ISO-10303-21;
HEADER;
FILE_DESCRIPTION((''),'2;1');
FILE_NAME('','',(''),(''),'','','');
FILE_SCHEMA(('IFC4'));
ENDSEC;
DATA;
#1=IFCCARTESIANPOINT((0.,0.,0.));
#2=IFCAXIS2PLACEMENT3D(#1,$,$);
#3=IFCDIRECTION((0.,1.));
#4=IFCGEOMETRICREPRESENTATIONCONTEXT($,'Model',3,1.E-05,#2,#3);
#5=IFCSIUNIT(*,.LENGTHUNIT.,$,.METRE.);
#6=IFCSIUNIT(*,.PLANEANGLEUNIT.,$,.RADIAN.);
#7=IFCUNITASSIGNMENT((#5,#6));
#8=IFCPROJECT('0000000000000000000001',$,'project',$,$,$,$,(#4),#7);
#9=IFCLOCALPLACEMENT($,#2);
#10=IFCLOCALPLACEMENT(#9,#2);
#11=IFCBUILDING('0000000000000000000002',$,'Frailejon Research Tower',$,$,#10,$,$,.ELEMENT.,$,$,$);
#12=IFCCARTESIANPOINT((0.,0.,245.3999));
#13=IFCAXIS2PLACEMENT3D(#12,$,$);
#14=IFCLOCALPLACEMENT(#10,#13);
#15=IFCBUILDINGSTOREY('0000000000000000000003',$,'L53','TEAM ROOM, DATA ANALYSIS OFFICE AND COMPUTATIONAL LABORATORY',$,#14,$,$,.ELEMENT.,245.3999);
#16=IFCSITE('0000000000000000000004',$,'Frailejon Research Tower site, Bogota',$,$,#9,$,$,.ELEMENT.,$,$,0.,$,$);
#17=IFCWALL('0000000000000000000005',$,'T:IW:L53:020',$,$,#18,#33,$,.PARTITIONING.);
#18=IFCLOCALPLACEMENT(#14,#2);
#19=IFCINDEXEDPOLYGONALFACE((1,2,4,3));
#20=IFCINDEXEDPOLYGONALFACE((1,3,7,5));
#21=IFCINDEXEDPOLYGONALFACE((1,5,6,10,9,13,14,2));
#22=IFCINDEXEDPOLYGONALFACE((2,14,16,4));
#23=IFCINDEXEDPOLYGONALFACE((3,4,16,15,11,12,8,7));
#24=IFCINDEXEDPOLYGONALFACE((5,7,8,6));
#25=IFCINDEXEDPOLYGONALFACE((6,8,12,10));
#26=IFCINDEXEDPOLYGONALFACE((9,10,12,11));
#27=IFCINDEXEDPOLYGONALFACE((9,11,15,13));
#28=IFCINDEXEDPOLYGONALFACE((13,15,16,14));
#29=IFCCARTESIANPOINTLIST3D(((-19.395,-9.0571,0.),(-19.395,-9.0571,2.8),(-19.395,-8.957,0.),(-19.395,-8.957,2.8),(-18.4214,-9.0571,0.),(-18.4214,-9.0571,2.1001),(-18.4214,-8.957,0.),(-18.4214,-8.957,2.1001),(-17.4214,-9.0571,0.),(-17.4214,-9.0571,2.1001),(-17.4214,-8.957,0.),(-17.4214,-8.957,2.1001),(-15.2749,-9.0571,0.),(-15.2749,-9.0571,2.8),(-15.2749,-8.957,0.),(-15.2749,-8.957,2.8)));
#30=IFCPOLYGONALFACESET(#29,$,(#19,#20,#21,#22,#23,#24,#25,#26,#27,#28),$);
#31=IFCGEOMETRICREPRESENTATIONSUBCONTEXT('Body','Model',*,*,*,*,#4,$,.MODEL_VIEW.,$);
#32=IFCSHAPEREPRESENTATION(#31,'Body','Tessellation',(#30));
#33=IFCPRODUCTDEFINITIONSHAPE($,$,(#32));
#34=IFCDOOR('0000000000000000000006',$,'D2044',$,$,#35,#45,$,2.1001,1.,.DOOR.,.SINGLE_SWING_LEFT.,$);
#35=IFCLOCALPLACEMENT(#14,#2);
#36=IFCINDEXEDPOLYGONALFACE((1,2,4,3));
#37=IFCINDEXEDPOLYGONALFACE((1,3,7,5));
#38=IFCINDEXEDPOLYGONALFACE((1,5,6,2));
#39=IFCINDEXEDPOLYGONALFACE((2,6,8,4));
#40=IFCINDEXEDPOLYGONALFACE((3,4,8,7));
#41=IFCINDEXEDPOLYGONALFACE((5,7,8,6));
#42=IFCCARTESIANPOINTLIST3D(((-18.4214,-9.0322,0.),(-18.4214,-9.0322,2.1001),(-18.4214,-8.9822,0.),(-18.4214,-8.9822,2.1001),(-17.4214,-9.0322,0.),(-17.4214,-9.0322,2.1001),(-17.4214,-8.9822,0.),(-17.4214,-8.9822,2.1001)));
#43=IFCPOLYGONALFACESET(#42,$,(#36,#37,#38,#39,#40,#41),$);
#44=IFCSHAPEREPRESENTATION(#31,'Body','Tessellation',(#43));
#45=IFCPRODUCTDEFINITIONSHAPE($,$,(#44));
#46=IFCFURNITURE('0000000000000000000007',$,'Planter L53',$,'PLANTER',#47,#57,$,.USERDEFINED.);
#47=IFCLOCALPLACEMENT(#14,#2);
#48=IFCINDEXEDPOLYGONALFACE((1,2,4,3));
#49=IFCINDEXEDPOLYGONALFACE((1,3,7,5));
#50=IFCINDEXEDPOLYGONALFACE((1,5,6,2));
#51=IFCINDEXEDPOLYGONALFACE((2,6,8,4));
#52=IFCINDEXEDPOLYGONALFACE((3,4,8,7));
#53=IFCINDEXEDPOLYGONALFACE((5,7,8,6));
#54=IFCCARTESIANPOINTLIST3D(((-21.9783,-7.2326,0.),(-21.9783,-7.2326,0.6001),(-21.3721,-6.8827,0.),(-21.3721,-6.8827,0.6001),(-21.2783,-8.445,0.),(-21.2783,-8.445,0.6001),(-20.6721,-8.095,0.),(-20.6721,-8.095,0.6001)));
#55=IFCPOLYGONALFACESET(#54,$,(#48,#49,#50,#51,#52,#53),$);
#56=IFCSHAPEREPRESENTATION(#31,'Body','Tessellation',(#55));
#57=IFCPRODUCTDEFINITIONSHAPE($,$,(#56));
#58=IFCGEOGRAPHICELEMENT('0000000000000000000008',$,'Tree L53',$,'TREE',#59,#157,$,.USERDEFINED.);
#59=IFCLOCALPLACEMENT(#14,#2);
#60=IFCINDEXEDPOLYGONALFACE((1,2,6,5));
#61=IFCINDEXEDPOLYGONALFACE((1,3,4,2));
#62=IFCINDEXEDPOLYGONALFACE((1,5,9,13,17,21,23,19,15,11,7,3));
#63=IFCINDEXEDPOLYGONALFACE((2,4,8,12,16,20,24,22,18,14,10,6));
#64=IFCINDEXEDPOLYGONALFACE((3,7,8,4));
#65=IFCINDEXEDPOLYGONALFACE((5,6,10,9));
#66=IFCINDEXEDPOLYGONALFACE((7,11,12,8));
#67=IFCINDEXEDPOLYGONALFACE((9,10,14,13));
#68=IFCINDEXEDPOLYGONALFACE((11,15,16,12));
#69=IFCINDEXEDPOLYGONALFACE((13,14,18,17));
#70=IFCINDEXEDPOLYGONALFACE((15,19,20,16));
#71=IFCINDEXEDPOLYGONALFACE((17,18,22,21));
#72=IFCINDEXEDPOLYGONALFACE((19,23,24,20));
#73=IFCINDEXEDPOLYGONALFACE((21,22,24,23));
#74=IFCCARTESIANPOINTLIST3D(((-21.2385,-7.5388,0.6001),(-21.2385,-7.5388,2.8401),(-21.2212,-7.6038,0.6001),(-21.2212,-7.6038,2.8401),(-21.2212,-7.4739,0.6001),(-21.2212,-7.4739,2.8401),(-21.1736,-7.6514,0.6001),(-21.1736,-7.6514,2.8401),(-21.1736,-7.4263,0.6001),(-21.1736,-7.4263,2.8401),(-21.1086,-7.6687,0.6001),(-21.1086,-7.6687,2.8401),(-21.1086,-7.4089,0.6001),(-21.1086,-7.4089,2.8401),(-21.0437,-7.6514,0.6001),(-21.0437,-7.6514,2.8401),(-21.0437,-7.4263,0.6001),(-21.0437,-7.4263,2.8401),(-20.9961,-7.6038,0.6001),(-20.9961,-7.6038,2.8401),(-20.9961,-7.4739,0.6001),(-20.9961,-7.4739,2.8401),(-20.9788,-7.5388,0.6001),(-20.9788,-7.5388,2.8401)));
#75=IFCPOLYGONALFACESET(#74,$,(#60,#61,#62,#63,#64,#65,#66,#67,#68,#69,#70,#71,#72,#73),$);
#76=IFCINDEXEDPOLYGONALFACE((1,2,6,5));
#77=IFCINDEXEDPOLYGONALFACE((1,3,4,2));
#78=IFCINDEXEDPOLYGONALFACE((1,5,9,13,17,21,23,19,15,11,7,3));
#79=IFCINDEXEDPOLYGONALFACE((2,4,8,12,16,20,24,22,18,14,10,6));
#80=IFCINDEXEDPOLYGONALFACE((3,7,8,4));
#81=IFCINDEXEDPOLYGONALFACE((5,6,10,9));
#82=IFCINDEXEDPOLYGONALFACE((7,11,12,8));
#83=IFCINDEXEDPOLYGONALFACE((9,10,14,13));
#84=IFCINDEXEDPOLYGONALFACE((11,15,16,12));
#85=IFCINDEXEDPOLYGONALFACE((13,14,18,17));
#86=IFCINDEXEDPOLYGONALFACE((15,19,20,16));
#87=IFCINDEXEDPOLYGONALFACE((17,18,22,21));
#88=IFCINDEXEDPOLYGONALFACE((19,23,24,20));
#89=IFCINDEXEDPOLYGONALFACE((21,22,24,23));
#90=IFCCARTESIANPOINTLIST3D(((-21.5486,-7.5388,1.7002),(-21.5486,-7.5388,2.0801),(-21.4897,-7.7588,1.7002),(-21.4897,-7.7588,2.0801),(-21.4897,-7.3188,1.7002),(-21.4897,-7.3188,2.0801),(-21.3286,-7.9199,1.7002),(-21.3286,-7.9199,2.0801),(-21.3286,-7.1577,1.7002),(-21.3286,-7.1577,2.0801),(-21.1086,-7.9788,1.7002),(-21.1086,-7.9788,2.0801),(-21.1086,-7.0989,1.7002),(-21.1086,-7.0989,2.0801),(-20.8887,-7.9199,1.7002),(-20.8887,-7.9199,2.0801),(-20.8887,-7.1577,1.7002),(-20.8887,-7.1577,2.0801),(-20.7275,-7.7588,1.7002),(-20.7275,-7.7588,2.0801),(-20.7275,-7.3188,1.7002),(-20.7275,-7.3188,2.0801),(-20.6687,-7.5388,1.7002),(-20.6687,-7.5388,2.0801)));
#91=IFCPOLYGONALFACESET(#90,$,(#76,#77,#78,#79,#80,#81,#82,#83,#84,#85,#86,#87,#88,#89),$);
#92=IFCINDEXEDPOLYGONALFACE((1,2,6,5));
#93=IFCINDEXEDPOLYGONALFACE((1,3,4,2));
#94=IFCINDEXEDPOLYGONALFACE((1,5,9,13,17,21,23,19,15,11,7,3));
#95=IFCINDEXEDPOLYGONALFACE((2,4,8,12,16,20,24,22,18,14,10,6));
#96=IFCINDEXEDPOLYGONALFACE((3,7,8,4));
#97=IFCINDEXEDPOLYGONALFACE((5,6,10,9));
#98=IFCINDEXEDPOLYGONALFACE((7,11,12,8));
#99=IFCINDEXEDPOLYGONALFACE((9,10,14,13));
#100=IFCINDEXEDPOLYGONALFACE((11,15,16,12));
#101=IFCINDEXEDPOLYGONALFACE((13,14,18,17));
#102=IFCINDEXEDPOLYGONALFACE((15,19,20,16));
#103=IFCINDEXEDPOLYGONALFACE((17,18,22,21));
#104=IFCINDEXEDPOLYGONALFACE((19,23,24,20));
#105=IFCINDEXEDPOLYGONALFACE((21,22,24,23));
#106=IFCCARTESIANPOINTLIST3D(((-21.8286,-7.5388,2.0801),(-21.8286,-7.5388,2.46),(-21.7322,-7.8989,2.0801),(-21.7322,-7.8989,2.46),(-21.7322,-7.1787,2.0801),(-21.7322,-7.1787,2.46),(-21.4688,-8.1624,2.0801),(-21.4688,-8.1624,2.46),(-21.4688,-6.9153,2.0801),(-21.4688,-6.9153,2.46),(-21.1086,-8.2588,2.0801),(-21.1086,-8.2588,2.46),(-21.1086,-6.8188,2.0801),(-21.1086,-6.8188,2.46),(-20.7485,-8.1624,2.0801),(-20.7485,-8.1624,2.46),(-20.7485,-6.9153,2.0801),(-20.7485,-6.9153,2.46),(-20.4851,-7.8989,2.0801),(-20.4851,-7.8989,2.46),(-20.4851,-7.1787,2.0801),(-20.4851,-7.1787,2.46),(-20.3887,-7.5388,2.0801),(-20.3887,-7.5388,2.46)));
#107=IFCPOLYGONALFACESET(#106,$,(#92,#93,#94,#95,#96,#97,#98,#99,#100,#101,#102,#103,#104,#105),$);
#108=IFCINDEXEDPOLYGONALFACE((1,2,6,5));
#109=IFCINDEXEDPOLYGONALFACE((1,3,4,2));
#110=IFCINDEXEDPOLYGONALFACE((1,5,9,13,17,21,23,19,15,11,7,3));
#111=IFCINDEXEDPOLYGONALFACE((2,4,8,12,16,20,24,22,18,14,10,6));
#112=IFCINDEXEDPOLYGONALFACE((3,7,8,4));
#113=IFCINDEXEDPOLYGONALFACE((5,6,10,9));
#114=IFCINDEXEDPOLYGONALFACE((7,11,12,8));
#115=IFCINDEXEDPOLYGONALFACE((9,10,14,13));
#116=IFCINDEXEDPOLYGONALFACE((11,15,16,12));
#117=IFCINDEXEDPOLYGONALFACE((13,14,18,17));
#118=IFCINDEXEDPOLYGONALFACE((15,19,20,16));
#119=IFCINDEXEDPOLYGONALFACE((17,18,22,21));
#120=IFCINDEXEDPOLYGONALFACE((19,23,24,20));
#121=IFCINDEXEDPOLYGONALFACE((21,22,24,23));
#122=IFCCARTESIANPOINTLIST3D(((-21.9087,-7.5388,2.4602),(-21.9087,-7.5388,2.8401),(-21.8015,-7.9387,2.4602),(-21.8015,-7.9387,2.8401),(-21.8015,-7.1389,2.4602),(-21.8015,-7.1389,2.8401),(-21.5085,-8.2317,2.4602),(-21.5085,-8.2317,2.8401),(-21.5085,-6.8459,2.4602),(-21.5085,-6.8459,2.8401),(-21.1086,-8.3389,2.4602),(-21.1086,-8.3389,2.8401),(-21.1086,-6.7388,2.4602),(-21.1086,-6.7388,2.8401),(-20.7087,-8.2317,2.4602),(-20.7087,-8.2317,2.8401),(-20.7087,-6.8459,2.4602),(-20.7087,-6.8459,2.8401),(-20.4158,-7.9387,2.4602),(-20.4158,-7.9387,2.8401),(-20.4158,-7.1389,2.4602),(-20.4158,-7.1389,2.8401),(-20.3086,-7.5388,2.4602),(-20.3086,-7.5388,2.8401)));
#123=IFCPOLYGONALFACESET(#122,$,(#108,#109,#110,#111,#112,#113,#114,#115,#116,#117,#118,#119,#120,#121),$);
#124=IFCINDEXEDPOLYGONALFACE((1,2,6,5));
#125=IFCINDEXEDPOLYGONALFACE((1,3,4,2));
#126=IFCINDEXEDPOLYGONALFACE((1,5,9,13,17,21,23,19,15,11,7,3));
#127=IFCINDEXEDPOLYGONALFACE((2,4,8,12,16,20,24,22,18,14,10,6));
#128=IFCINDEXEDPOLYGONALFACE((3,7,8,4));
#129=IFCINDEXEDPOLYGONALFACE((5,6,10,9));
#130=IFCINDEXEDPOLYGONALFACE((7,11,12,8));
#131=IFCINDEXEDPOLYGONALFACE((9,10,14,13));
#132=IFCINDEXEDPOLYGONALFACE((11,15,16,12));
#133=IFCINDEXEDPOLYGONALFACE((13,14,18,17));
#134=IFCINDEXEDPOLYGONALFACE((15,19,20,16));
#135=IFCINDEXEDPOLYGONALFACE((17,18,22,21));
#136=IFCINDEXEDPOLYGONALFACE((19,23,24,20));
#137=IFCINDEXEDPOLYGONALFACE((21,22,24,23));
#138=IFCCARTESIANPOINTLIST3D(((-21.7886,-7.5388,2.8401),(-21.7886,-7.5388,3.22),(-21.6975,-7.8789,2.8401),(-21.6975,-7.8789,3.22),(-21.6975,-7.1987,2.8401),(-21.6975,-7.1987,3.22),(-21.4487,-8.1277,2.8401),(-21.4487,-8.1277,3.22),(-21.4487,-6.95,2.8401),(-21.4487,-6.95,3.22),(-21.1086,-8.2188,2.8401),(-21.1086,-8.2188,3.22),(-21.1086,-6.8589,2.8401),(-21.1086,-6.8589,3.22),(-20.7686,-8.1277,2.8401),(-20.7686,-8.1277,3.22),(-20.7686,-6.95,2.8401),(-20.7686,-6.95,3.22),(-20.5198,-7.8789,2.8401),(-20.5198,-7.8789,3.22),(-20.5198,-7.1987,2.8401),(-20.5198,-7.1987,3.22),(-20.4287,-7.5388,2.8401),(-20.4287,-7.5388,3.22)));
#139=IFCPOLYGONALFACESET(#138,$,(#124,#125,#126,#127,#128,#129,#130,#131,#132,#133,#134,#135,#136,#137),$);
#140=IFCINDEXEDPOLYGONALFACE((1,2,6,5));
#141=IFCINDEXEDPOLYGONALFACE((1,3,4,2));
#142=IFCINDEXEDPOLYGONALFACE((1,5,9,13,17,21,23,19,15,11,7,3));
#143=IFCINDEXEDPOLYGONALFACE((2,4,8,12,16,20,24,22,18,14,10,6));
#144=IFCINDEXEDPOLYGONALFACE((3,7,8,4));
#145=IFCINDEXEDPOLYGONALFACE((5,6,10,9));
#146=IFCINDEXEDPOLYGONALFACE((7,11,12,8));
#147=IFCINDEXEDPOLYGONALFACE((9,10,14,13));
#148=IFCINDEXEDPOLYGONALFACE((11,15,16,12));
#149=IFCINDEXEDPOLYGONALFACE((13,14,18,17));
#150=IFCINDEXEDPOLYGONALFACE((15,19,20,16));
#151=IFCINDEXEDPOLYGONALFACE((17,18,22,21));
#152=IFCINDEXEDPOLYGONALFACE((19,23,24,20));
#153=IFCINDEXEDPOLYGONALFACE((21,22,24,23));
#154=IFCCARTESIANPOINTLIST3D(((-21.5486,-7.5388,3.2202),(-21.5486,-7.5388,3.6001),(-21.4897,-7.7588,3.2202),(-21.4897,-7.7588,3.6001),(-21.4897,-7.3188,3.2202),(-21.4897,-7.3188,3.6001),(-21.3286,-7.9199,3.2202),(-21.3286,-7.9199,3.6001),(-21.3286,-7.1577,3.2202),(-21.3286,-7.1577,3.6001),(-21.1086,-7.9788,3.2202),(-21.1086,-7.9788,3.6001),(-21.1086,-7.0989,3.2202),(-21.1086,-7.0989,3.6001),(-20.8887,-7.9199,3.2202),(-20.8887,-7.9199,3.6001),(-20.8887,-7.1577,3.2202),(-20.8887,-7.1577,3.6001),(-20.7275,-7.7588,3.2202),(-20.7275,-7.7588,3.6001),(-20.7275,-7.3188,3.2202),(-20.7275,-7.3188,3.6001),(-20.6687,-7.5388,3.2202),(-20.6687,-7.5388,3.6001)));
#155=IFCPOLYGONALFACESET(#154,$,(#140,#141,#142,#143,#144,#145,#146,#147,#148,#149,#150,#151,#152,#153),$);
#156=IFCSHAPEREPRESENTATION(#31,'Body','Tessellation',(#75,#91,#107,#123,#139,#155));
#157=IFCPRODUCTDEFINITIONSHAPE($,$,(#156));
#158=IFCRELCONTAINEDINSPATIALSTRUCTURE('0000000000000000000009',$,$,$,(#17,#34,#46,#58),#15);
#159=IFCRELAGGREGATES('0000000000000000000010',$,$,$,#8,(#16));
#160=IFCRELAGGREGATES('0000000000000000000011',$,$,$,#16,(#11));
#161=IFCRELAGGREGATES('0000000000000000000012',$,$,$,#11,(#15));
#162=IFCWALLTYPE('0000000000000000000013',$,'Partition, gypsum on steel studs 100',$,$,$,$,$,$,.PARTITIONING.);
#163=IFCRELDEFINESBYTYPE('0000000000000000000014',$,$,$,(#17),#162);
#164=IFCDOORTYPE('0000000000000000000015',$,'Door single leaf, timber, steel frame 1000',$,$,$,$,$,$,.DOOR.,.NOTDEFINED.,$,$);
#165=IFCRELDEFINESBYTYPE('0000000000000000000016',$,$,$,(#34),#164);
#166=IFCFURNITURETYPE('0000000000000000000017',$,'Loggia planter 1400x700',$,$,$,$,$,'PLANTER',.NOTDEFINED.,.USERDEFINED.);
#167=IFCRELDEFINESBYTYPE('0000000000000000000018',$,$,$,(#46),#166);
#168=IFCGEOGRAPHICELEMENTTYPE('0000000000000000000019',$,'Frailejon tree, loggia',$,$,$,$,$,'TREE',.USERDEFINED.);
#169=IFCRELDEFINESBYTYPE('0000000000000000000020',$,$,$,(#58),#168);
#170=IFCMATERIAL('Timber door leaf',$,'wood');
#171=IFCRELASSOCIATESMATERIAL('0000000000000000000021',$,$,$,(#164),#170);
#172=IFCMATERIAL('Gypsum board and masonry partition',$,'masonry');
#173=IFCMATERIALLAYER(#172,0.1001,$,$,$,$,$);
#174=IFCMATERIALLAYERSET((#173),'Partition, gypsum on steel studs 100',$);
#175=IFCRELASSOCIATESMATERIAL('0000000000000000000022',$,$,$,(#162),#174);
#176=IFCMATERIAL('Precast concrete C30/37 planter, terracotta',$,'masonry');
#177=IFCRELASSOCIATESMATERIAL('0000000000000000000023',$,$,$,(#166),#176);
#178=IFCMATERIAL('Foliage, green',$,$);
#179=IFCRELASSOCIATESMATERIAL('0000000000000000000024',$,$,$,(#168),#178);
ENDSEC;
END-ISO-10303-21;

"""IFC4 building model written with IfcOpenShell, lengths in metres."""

from ifc_helpers import new_model, si_unit, direction, frame, frame_2d, origin, origin_2d, place, context, subcontext, project, spatial, polyline, rectangle, outline, extrude, material, layer, layer_set, type_object, element, fill, save


model = new_model("IFC4")

# Units and contexts
model_context = context("Model", 3, precision=1e-05, world=origin(), true_north=direction((0.0, 1.0)))
body_context = subcontext(model_context, "Body", "Model", "MODEL_VIEW")
ifc_project = project(units=[si_unit("LENGTHUNIT", "METRE"), si_unit("PLANEANGLEUNIT", "RADIAN")], contexts=[model_context])

# Site, building, storey
site_placement = place(None, origin())
site = spatial("IfcSite", under=ifc_project, at=site_placement, Name="Frailejon Research Tower site, Bogota", CompositionType="ELEMENT", RefElevation=0.0)
building_placement = place(site_placement, origin())
building = spatial("IfcBuilding", under=site, at=building_placement, Name="Frailejon Research Tower", CompositionType="ELEMENT")
storey_placement = place(building_placement, frame((0.0, 0.0, 245.3999)))
storey = spatial("IfcBuildingStorey", under=building, at=storey_placement, Name="L53", Description="TEAM ROOM, DATA ANALYSIS OFFICE AND COMPUTATIONAL LABORATORY", CompositionType="ELEMENT", Elevation=245.3999)

# Shared definitions
ifc_material_1 = material(Name="Timber door leaf", Category="wood")
door_type_1 = type_object("IfcDoorType", Name="Door single leaf, timber, steel frame 1000", OperationType="NOTDEFINED", PredefinedType="DOOR", material=ifc_material_1)

# Wall, opening, door
ifc_material_2 = material(Name="Gypsum board and masonry partition", Category="masonry")
ifc_layer_1 = layer(ifc_material_2, 0.1001)
ifc_layer_set_1 = layer_set([ifc_layer_1], Name="Partition, gypsum on steel studs 100")
wall_type_1 = type_object("IfcWallType", Name="Partition, gypsum on steel studs 100", PredefinedType="PARTITIONING", material=ifc_layer_set_1)
wall_1_placement = place(storey_placement, frame((-19.395, -9.0071, 0.0), z_axis=(0.0, 0.0, 1.0), x_axis=(1.0, 0.0, 0.0)))
wall_1 = element("IfcWall", 1, at=wall_1_placement, inside=storey, type_object=wall_type_1, Name="T:IW:L53:020", PredefinedType="PARTITIONING", context=body_context, shape_type="SweptSolid", body=[
    extrude(rectangle(XDim=4.1201, YDim=0.1001, at=frame_2d((2.0601, 0.0))), origin(), (0.0, 0.0, 1.0), 2.8),
])
opening_1_placement = place(wall_1_placement, frame((0.9736, 0.0, 0.0)))
opening_1 = element("IfcOpeningElement", 2, at=opening_1_placement, cuts=wall_1, PredefinedType="OPENING", context=body_context, shape_type="SweptSolid", body=[
    extrude(rectangle(XDim=1.0, YDim=2.1001, at=frame_2d((0.5, 1.05))), frame((0.0, 0.0601, 0.0), z_axis=(0.0, -1.0, 0.0), x_axis=(1.0, 0.0, 0.0)), (0.0, 0.0, 1.0), 0.1201),
])
door_1_placement = place(opening_1_placement, origin())
door_1 = element("IfcDoor", 3, at=door_1_placement, inside=storey, type_object=door_type_1, Name="D2044", OperationType="SINGLE_SWING_LEFT", OverallHeight=2.1001, OverallWidth=1.0, PredefinedType="DOOR", context=body_context, shape_type="SweptSolid", body=[
    extrude(rectangle(XDim=1.0, YDim=2.1001, at=frame_2d((0.5, 1.05))), frame((0.0, 0.0249, 0.0), z_axis=(0.0, -1.0, 0.0), x_axis=(1.0, 0.0, 0.0)), (0.0, 0.0, 1.0), 0.05),
])
fill(opening_1, door_1)

# Furniture
ifc_material_3 = material(Name="Precast concrete C30/37 planter, terracotta", Category="masonry")
furniture_type = type_object("IfcFurnitureType", Name="Loggia planter 1400x700", ElementType="PLANTER", AssemblyPlace="NOTDEFINED", PredefinedType="USERDEFINED", material=ifc_material_3)
furniture_placement = place(storey_placement, frame((-21.3252, -7.6638, 0.0), z_axis=(0.0, 0.0, 1.0), x_axis=(0.5, -0.866025, 0.0)))
element("IfcFurniture", 4, at=furniture_placement, inside=storey, type_object=furniture_type, Name="Planter L53", ObjectType="PLANTER", PredefinedType="USERDEFINED", context=body_context, shape_type="SweptSolid", body=[
    extrude(rectangle(XDim=1.3999, YDim=0.7, at=origin_2d()), origin(), (0.0, 0.0, 1.0), 0.6001),
])

# Geographic element
ifc_material_4 = material(Name="Foliage, green")
geographic_element_type = type_object("IfcGeographicElementType", Name="Frailejon tree, loggia", ElementType="TREE", PredefinedType="USERDEFINED", material=ifc_material_4)
geographic_element_placement = place(storey_placement, frame((-21.1086, -7.5388, 0.6001)))
element("IfcGeographicElement", 5, at=geographic_element_placement, inside=storey, type_object=geographic_element_type, Name="Tree L53", ObjectType="TREE", PredefinedType="USERDEFINED", context=body_context, shape_type="SweptSolid", body=[
    extrude(outline(polyline([(0.1299, 0.0), (0.1125, 0.0649), (0.0649, 0.1125), (0.0, 0.1299), (-0.0649, 0.1125), (-0.1125, 0.0649), (-0.1299, 0.0), (-0.1125, -0.0649), (-0.0649, -0.1125), (0.0, -0.1299), (0.0649, -0.1125), (0.1125, -0.0649), (0.1299, 0.0)])), origin(), (0.0, 0.0, 1.0), 2.24),
    extrude(outline(polyline([(0.4399, 0.0), (0.3811, 0.22), (0.22, 0.3811), (0.0, 0.4399), (-0.22, 0.3811), (-0.3811, 0.22), (-0.4399, 0.0), (-0.3811, -0.22), (-0.22, -0.3811), (0.0, -0.4399), (0.22, -0.3811), (0.3811, -0.22), (0.4399, 0.0)])), frame((0.0, 0.0, 1.1001)), (0.0, 0.0, 1.0), 0.3799),
    extrude(outline(polyline([(0.72, 0.0), (0.6235, 0.3601), (0.3601, 0.6235), (0.0, 0.72), (-0.3601, 0.6235), (-0.6235, 0.3601), (-0.72, 0.0), (-0.6235, -0.3601), (-0.3601, -0.6235), (0.0, -0.72), (0.3601, -0.6235), (0.6235, -0.3601), (0.72, 0.0)])), frame((0.0, 0.0, 1.48)), (0.0, 0.0, 1.0), 0.3799),
    extrude(outline(polyline([(0.8, 0.0), (0.6929, 0.3999), (0.3999, 0.6929), (0.0, 0.8), (-0.3999, 0.6929), (-0.6929, 0.3999), (-0.8, 0.0), (-0.6929, -0.3999), (-0.3999, -0.6929), (0.0, -0.8), (0.3999, -0.6929), (0.6929, -0.3999), (0.8, 0.0)])), frame((0.0, 0.0, 1.8601)), (0.0, 0.0, 1.0), 0.3799),
    extrude(outline(polyline([(0.6799, 0.0), (0.5889, 0.3401), (0.3401, 0.5889), (0.0, 0.6799), (-0.3401, 0.5889), (-0.5889, 0.3401), (-0.6799, 0.0), (-0.5889, -0.3401), (-0.3401, -0.5889), (0.0, -0.6799), (0.3401, -0.5889), (0.5889, -0.3401), (0.6799, 0.0)])), frame((0.0, 0.0, 2.24)), (0.0, 0.0, 1.0), 0.3799),
    extrude(outline(polyline([(0.4399, 0.0), (0.3811, 0.22), (0.22, 0.3811), (0.0, 0.4399), (-0.22, 0.3811), (-0.3811, 0.22), (-0.4399, 0.0), (-0.3811, -0.22), (-0.22, -0.3811), (0.0, -0.4399), (0.22, -0.3811), (0.3811, -0.22), (0.4399, 0.0)])), frame((0.0, 0.0, 2.6201)), (0.0, 0.0, 1.0), 0.3799),
])

save(model, "model.ifc")
